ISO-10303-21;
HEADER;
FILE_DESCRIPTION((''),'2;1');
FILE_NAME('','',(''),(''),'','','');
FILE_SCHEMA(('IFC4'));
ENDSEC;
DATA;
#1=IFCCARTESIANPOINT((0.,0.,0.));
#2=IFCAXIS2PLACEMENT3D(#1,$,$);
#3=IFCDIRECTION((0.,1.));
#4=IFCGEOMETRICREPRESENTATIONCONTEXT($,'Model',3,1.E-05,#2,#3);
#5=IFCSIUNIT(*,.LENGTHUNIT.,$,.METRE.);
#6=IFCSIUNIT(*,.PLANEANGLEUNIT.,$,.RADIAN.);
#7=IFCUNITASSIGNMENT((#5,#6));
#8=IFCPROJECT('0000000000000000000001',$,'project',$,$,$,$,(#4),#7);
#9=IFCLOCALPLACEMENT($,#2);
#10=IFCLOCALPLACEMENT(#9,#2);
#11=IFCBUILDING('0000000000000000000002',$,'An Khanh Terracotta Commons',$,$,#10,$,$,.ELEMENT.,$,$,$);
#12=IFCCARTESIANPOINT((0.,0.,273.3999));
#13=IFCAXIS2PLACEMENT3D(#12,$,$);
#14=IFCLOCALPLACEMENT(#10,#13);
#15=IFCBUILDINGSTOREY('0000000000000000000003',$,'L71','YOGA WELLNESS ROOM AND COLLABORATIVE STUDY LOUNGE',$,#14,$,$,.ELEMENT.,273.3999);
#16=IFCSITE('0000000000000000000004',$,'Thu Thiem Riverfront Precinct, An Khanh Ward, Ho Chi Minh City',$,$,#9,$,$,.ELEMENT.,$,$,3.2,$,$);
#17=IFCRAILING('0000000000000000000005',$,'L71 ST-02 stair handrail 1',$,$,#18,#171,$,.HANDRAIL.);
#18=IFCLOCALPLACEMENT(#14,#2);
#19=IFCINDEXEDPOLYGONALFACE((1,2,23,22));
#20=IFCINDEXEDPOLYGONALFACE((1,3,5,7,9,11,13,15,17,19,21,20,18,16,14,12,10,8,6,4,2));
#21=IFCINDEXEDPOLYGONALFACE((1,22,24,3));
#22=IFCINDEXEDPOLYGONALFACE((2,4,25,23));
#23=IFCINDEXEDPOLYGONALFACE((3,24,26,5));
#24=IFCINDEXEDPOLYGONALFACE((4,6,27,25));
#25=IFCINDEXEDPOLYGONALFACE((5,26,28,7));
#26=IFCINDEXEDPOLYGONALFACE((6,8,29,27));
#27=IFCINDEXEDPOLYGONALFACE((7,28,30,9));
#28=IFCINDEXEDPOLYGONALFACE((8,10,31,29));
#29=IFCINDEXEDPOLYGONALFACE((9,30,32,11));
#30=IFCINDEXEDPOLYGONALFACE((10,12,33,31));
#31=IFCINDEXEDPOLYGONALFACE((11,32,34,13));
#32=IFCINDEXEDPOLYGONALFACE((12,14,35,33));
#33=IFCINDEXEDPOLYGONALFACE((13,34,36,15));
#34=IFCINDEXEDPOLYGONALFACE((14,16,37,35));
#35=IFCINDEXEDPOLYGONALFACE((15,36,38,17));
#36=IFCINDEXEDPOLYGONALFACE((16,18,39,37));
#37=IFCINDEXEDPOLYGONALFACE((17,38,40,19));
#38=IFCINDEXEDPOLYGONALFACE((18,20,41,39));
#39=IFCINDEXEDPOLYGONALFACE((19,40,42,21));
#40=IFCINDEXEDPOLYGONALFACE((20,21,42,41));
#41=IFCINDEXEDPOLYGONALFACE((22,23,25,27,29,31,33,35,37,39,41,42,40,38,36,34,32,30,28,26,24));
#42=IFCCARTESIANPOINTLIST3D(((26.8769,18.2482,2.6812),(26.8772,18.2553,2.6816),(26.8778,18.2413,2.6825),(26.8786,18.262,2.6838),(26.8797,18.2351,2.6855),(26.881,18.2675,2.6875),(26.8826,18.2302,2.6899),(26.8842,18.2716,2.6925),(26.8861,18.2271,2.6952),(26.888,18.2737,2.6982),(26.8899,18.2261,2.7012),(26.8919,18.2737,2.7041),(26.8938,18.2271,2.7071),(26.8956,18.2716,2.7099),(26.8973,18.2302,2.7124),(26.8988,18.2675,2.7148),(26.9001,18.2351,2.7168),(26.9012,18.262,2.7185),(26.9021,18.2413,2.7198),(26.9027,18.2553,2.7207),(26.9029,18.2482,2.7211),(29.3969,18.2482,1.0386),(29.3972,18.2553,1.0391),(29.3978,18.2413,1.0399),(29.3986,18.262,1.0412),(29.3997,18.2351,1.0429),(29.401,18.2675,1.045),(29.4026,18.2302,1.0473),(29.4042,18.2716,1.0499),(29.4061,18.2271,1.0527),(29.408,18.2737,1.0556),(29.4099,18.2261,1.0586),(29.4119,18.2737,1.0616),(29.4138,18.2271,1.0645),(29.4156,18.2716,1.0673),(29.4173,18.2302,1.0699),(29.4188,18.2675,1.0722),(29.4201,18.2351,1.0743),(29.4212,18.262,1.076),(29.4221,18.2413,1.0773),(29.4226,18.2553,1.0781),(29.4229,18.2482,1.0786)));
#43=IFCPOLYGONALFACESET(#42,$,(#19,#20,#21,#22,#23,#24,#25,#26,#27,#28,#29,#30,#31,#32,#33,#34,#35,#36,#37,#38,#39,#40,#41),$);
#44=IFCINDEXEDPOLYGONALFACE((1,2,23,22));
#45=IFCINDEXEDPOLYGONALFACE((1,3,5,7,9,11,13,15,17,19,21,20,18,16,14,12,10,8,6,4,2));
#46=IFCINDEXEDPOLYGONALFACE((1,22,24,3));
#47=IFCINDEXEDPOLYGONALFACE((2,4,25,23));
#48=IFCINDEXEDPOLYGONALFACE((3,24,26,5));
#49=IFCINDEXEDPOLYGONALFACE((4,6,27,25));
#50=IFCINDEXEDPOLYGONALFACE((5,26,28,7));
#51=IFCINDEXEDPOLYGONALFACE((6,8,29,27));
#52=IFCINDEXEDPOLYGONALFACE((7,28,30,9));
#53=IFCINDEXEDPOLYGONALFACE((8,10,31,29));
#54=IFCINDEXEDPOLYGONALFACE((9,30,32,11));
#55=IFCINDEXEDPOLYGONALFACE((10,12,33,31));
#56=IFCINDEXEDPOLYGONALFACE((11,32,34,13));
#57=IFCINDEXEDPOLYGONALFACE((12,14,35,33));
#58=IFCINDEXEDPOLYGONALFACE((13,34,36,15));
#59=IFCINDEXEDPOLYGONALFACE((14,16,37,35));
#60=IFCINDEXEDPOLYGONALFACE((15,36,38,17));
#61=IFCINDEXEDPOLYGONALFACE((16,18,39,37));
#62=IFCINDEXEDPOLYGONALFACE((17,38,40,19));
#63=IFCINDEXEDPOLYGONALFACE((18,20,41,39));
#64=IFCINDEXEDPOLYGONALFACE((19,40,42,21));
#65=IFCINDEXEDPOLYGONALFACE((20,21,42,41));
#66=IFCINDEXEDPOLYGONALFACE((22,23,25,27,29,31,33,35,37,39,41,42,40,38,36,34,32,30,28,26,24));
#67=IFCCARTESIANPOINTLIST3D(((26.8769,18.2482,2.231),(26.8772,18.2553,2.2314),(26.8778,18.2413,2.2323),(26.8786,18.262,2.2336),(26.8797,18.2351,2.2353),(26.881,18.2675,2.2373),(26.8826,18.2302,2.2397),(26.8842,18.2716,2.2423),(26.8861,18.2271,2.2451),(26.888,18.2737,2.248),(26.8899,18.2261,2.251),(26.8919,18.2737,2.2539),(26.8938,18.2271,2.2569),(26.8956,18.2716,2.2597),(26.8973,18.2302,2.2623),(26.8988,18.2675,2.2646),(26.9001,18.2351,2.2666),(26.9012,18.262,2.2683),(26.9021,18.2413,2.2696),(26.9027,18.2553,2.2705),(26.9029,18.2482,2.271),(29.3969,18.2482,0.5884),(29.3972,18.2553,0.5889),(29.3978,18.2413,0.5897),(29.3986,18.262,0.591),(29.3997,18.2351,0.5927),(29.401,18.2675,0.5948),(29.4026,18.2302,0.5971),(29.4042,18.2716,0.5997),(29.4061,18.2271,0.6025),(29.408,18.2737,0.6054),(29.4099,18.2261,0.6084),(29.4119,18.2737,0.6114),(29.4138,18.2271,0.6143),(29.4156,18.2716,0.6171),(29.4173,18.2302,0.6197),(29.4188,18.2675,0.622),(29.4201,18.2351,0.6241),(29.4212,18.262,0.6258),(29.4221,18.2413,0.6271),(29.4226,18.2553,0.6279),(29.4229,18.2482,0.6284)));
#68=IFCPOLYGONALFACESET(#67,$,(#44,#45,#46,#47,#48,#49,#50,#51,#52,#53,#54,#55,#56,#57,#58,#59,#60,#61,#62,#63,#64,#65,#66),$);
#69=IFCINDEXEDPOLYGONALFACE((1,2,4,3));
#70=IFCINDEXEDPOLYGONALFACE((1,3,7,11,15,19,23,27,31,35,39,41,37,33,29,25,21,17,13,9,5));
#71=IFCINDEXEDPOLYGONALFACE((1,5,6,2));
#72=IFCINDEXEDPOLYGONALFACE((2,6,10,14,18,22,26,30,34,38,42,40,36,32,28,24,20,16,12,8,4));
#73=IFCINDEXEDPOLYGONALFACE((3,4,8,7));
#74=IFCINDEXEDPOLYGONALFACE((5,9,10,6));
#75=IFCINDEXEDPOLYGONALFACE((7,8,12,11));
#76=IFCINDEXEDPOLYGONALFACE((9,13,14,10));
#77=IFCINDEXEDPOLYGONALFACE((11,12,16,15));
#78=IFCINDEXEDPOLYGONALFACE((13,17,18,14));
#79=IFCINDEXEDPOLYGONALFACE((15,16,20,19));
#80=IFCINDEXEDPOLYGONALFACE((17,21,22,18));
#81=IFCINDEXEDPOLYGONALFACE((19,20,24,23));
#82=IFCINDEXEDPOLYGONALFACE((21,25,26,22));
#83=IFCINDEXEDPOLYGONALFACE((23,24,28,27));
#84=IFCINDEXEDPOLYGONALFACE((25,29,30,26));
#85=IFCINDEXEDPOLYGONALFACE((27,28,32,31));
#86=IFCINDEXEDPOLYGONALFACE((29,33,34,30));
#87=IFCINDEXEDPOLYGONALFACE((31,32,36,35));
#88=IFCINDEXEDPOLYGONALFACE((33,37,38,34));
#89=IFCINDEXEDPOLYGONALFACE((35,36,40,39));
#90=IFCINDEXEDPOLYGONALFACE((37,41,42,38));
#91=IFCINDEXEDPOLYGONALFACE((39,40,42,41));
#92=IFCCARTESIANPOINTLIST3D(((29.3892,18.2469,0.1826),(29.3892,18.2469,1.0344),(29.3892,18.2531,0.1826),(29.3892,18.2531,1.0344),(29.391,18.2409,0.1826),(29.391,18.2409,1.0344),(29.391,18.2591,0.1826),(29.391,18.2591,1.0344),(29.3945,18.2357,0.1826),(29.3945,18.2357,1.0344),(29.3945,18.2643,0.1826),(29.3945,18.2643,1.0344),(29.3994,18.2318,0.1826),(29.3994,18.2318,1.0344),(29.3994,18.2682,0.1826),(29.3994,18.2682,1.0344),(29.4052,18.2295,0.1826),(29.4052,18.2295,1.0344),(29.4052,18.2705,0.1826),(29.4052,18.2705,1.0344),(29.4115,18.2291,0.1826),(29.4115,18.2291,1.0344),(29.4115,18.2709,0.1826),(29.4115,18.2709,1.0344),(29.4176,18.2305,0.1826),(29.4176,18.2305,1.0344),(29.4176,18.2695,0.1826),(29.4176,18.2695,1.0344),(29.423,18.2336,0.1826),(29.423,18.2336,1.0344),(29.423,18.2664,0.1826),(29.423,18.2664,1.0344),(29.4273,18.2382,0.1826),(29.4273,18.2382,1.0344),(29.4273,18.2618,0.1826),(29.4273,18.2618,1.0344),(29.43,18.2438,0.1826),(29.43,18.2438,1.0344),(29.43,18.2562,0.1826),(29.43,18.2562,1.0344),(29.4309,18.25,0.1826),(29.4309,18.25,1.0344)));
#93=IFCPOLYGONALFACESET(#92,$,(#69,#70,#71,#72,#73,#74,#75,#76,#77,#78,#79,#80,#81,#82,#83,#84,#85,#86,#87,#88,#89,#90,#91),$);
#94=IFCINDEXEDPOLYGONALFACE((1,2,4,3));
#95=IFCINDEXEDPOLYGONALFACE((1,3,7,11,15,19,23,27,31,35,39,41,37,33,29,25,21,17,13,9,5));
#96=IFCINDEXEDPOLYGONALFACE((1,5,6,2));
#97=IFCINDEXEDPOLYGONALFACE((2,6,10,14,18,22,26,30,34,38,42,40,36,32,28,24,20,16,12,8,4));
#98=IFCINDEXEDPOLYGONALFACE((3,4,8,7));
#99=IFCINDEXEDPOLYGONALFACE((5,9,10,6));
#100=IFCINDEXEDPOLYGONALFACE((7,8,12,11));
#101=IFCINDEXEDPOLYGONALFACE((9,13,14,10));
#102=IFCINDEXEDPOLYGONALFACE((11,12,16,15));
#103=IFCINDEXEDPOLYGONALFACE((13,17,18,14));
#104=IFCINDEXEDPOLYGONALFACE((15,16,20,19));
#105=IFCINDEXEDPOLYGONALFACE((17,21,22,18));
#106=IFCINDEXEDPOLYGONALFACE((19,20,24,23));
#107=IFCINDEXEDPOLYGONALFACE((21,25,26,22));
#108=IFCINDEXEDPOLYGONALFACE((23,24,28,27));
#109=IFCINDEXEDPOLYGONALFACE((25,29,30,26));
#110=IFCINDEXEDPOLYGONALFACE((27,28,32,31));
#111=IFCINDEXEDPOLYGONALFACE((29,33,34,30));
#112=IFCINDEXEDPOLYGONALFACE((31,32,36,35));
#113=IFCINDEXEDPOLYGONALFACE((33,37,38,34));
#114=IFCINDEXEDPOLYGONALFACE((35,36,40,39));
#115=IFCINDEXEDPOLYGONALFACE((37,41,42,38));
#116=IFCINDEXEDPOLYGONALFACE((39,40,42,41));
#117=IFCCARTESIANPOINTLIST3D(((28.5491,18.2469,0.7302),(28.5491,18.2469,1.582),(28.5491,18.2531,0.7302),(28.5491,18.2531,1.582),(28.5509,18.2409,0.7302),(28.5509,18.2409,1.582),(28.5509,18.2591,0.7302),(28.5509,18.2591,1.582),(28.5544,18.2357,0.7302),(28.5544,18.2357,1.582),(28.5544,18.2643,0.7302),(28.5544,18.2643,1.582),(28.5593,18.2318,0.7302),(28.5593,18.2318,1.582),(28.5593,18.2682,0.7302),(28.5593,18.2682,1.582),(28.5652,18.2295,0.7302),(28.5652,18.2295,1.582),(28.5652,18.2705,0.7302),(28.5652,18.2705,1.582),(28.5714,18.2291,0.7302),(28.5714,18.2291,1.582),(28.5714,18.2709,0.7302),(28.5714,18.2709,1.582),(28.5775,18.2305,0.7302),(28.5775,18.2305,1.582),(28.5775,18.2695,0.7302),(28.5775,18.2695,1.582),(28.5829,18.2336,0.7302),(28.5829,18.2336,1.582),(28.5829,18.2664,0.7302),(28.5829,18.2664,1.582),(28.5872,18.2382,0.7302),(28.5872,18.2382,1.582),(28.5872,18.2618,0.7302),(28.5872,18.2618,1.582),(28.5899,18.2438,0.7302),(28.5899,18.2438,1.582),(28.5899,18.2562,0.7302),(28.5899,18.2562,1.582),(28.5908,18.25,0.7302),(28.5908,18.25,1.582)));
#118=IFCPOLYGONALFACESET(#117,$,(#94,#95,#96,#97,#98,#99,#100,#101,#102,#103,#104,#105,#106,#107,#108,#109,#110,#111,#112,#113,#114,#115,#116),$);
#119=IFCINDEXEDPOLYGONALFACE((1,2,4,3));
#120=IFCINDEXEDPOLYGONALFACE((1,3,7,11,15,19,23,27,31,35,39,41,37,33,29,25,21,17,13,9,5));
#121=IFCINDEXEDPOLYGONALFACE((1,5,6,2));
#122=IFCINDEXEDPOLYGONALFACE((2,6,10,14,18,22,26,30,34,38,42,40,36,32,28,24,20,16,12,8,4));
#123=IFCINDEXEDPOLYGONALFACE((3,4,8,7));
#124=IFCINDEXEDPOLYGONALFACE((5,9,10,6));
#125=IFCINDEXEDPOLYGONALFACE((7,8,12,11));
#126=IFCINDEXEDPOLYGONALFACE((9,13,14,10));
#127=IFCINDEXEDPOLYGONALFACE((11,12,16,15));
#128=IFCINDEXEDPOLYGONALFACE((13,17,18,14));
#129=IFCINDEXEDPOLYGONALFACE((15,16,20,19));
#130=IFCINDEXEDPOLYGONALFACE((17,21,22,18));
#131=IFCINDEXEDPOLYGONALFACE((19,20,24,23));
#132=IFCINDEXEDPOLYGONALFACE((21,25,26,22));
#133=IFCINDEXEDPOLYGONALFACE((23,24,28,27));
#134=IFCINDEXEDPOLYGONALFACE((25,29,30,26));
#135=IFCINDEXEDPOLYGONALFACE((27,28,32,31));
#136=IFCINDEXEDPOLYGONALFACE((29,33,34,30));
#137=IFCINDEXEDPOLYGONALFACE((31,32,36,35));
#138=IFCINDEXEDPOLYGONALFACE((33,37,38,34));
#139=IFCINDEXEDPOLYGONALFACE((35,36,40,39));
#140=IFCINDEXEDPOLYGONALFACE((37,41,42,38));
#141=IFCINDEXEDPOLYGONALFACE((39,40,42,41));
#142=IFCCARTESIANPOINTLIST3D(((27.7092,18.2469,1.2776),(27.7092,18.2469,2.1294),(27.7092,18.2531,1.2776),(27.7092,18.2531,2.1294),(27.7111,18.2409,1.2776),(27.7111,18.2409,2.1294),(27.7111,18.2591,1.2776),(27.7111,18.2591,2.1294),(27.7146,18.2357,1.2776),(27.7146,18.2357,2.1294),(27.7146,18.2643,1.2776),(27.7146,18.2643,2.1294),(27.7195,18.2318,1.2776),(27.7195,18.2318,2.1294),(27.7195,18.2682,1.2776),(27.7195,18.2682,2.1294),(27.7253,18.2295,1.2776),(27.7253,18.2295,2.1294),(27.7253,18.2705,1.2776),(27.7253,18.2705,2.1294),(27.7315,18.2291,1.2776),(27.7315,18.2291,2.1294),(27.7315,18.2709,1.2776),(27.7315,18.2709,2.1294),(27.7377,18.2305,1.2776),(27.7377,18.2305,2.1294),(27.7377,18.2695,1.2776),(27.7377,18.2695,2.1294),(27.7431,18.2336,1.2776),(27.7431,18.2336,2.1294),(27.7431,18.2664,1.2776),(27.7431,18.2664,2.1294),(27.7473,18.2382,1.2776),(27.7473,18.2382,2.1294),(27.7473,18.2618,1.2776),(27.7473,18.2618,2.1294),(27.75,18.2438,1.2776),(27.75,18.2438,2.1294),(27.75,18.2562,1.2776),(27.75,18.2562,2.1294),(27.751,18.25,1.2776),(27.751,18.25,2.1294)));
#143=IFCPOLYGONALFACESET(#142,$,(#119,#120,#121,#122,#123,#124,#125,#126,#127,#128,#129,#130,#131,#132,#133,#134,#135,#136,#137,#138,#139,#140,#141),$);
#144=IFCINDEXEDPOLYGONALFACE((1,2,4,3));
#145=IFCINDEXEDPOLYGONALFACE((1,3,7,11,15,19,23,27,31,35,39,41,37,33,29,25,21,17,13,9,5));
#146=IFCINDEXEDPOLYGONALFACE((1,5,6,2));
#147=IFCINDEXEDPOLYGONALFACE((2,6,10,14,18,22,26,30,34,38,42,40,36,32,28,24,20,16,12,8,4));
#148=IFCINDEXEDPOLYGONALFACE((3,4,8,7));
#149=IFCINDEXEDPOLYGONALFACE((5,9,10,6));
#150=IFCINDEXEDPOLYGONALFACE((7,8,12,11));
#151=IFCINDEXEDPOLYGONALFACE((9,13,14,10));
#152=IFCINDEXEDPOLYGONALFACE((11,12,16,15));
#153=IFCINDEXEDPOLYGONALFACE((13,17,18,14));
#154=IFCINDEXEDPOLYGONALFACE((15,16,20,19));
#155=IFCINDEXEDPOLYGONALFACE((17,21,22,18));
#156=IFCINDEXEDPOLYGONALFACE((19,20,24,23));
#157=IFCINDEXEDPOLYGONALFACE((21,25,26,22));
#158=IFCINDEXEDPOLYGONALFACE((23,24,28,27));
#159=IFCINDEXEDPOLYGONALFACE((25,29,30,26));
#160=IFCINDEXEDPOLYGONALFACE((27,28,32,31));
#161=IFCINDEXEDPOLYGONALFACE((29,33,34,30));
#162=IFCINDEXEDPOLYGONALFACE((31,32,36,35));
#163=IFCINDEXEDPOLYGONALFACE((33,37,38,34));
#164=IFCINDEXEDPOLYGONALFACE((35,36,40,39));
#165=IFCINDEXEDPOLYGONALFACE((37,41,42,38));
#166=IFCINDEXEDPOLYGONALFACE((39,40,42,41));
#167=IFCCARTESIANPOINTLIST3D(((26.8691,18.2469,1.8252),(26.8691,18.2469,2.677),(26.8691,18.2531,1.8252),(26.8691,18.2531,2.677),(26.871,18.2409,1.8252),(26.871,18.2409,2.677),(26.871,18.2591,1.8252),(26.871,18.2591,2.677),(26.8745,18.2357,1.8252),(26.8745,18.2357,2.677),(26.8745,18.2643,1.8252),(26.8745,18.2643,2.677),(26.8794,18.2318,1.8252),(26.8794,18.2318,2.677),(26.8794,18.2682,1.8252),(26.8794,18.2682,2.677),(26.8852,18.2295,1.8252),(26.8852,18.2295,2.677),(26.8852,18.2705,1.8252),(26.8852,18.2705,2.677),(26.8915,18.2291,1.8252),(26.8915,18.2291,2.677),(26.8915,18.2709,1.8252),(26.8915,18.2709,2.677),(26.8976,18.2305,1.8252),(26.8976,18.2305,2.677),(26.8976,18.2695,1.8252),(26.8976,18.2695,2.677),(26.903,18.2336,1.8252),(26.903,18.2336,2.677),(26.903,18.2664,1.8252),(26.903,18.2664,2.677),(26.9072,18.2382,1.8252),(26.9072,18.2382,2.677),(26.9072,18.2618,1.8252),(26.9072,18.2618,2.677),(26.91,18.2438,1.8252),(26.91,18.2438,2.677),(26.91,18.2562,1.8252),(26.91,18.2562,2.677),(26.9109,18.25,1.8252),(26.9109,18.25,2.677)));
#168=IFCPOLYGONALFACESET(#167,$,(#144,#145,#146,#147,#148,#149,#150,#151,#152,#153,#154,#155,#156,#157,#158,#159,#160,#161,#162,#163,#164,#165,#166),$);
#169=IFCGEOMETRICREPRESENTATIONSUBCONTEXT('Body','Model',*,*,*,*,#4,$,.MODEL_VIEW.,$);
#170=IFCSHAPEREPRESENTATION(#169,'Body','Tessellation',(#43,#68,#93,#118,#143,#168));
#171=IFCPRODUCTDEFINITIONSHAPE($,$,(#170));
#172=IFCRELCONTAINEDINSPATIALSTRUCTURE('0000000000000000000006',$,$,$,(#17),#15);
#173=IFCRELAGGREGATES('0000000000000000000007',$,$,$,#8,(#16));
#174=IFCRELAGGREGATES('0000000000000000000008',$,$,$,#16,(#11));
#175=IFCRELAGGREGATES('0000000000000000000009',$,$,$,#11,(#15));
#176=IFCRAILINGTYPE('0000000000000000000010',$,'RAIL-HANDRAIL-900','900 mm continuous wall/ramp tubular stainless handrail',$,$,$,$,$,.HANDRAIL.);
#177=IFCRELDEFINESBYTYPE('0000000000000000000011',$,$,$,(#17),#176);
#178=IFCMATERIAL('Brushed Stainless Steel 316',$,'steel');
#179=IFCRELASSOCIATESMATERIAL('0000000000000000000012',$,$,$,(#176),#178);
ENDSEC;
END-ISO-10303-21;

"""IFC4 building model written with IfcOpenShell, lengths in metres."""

from ifc_helpers import new_model, si_unit, direction, frame, origin, origin_2d, place, context, subcontext, project, spatial, circle, extrude, material, type_object, element, save


model = new_model("IFC4")

# Units and contexts
model_context = context("Model", 3, precision=1e-05, world=origin(), true_north=direction((0.0, 1.0)))
body_context = subcontext(model_context, "Body", "Model", "MODEL_VIEW")
ifc_project = project(units=[si_unit("LENGTHUNIT", "METRE"), si_unit("PLANEANGLEUNIT", "RADIAN")], contexts=[model_context])

# Site, building, storey
site_placement = place(None, origin())
site = spatial("IfcSite", under=ifc_project, at=site_placement, Name="Thu Thiem Riverfront Precinct, An Khanh Ward, Ho Chi Minh City", CompositionType="ELEMENT", RefElevation=3.2)
building_placement = place(site_placement, origin())
building = spatial("IfcBuilding", under=site, at=building_placement, Name="An Khanh Terracotta Commons", CompositionType="ELEMENT")
storey_placement = place(building_placement, frame((0.0, 0.0, 273.3999)))
storey = spatial("IfcBuildingStorey", under=building, at=storey_placement, Name="L71", Description="YOGA WELLNESS ROOM AND COLLABORATIVE STUDY LOUNGE", CompositionType="ELEMENT", Elevation=273.3999)

# Railing
ifc_material_1 = material(Name="Brushed Stainless Steel 316", Category="steel")
railing_type = type_object("IfcRailingType", Name="RAIL-HANDRAIL-900", Description="900 mm continuous wall/ramp tubular stainless handrail", PredefinedType="HANDRAIL", material=ifc_material_1)
railing_placement = place(storey_placement, frame((29.4099, 18.25, 0.1826)))
element("IfcRailing", 1, at=railing_placement, inside=storey, type_object=railing_type, Name="L71 ST-02 stair handrail 1", PredefinedType="HANDRAIL", context=body_context, shape_type="SweptSolid", body=[
    extrude(circle(Radius=0.0239, at=origin_2d()), frame((0.0, 0.0, 0.876), z_axis=(-0.837749, 0.0, 0.546055), x_axis=(0.0, -1.0, 0.0)), (0.0, 0.0, 1.0), 3.0081),
    extrude(circle(Radius=0.0239, at=origin_2d()), frame((0.0, 0.0, 0.4258), z_axis=(-0.837749, 0.0, 0.546055), x_axis=(0.0, -1.0, 0.0)), (0.0, 0.0, 1.0), 3.0081),
    extrude(circle(Radius=0.021, at=origin_2d()), origin(), (0.0, 0.0, 1.0), 0.8518),
    extrude(circle(Radius=0.021, at=origin_2d()), frame((-0.8401, 0.0, 0.5476)), (0.0, 0.0, 1.0), 0.8518),
    extrude(circle(Radius=0.021, at=origin_2d()), frame((-1.6799, 0.0, 1.095)), (0.0, 0.0, 1.0), 0.8518),
    extrude(circle(Radius=0.021, at=origin_2d()), frame((-2.52, 0.0, 1.6426)), (0.0, 0.0, 1.0), 0.8518),
])

save(model, "model.ifc")
